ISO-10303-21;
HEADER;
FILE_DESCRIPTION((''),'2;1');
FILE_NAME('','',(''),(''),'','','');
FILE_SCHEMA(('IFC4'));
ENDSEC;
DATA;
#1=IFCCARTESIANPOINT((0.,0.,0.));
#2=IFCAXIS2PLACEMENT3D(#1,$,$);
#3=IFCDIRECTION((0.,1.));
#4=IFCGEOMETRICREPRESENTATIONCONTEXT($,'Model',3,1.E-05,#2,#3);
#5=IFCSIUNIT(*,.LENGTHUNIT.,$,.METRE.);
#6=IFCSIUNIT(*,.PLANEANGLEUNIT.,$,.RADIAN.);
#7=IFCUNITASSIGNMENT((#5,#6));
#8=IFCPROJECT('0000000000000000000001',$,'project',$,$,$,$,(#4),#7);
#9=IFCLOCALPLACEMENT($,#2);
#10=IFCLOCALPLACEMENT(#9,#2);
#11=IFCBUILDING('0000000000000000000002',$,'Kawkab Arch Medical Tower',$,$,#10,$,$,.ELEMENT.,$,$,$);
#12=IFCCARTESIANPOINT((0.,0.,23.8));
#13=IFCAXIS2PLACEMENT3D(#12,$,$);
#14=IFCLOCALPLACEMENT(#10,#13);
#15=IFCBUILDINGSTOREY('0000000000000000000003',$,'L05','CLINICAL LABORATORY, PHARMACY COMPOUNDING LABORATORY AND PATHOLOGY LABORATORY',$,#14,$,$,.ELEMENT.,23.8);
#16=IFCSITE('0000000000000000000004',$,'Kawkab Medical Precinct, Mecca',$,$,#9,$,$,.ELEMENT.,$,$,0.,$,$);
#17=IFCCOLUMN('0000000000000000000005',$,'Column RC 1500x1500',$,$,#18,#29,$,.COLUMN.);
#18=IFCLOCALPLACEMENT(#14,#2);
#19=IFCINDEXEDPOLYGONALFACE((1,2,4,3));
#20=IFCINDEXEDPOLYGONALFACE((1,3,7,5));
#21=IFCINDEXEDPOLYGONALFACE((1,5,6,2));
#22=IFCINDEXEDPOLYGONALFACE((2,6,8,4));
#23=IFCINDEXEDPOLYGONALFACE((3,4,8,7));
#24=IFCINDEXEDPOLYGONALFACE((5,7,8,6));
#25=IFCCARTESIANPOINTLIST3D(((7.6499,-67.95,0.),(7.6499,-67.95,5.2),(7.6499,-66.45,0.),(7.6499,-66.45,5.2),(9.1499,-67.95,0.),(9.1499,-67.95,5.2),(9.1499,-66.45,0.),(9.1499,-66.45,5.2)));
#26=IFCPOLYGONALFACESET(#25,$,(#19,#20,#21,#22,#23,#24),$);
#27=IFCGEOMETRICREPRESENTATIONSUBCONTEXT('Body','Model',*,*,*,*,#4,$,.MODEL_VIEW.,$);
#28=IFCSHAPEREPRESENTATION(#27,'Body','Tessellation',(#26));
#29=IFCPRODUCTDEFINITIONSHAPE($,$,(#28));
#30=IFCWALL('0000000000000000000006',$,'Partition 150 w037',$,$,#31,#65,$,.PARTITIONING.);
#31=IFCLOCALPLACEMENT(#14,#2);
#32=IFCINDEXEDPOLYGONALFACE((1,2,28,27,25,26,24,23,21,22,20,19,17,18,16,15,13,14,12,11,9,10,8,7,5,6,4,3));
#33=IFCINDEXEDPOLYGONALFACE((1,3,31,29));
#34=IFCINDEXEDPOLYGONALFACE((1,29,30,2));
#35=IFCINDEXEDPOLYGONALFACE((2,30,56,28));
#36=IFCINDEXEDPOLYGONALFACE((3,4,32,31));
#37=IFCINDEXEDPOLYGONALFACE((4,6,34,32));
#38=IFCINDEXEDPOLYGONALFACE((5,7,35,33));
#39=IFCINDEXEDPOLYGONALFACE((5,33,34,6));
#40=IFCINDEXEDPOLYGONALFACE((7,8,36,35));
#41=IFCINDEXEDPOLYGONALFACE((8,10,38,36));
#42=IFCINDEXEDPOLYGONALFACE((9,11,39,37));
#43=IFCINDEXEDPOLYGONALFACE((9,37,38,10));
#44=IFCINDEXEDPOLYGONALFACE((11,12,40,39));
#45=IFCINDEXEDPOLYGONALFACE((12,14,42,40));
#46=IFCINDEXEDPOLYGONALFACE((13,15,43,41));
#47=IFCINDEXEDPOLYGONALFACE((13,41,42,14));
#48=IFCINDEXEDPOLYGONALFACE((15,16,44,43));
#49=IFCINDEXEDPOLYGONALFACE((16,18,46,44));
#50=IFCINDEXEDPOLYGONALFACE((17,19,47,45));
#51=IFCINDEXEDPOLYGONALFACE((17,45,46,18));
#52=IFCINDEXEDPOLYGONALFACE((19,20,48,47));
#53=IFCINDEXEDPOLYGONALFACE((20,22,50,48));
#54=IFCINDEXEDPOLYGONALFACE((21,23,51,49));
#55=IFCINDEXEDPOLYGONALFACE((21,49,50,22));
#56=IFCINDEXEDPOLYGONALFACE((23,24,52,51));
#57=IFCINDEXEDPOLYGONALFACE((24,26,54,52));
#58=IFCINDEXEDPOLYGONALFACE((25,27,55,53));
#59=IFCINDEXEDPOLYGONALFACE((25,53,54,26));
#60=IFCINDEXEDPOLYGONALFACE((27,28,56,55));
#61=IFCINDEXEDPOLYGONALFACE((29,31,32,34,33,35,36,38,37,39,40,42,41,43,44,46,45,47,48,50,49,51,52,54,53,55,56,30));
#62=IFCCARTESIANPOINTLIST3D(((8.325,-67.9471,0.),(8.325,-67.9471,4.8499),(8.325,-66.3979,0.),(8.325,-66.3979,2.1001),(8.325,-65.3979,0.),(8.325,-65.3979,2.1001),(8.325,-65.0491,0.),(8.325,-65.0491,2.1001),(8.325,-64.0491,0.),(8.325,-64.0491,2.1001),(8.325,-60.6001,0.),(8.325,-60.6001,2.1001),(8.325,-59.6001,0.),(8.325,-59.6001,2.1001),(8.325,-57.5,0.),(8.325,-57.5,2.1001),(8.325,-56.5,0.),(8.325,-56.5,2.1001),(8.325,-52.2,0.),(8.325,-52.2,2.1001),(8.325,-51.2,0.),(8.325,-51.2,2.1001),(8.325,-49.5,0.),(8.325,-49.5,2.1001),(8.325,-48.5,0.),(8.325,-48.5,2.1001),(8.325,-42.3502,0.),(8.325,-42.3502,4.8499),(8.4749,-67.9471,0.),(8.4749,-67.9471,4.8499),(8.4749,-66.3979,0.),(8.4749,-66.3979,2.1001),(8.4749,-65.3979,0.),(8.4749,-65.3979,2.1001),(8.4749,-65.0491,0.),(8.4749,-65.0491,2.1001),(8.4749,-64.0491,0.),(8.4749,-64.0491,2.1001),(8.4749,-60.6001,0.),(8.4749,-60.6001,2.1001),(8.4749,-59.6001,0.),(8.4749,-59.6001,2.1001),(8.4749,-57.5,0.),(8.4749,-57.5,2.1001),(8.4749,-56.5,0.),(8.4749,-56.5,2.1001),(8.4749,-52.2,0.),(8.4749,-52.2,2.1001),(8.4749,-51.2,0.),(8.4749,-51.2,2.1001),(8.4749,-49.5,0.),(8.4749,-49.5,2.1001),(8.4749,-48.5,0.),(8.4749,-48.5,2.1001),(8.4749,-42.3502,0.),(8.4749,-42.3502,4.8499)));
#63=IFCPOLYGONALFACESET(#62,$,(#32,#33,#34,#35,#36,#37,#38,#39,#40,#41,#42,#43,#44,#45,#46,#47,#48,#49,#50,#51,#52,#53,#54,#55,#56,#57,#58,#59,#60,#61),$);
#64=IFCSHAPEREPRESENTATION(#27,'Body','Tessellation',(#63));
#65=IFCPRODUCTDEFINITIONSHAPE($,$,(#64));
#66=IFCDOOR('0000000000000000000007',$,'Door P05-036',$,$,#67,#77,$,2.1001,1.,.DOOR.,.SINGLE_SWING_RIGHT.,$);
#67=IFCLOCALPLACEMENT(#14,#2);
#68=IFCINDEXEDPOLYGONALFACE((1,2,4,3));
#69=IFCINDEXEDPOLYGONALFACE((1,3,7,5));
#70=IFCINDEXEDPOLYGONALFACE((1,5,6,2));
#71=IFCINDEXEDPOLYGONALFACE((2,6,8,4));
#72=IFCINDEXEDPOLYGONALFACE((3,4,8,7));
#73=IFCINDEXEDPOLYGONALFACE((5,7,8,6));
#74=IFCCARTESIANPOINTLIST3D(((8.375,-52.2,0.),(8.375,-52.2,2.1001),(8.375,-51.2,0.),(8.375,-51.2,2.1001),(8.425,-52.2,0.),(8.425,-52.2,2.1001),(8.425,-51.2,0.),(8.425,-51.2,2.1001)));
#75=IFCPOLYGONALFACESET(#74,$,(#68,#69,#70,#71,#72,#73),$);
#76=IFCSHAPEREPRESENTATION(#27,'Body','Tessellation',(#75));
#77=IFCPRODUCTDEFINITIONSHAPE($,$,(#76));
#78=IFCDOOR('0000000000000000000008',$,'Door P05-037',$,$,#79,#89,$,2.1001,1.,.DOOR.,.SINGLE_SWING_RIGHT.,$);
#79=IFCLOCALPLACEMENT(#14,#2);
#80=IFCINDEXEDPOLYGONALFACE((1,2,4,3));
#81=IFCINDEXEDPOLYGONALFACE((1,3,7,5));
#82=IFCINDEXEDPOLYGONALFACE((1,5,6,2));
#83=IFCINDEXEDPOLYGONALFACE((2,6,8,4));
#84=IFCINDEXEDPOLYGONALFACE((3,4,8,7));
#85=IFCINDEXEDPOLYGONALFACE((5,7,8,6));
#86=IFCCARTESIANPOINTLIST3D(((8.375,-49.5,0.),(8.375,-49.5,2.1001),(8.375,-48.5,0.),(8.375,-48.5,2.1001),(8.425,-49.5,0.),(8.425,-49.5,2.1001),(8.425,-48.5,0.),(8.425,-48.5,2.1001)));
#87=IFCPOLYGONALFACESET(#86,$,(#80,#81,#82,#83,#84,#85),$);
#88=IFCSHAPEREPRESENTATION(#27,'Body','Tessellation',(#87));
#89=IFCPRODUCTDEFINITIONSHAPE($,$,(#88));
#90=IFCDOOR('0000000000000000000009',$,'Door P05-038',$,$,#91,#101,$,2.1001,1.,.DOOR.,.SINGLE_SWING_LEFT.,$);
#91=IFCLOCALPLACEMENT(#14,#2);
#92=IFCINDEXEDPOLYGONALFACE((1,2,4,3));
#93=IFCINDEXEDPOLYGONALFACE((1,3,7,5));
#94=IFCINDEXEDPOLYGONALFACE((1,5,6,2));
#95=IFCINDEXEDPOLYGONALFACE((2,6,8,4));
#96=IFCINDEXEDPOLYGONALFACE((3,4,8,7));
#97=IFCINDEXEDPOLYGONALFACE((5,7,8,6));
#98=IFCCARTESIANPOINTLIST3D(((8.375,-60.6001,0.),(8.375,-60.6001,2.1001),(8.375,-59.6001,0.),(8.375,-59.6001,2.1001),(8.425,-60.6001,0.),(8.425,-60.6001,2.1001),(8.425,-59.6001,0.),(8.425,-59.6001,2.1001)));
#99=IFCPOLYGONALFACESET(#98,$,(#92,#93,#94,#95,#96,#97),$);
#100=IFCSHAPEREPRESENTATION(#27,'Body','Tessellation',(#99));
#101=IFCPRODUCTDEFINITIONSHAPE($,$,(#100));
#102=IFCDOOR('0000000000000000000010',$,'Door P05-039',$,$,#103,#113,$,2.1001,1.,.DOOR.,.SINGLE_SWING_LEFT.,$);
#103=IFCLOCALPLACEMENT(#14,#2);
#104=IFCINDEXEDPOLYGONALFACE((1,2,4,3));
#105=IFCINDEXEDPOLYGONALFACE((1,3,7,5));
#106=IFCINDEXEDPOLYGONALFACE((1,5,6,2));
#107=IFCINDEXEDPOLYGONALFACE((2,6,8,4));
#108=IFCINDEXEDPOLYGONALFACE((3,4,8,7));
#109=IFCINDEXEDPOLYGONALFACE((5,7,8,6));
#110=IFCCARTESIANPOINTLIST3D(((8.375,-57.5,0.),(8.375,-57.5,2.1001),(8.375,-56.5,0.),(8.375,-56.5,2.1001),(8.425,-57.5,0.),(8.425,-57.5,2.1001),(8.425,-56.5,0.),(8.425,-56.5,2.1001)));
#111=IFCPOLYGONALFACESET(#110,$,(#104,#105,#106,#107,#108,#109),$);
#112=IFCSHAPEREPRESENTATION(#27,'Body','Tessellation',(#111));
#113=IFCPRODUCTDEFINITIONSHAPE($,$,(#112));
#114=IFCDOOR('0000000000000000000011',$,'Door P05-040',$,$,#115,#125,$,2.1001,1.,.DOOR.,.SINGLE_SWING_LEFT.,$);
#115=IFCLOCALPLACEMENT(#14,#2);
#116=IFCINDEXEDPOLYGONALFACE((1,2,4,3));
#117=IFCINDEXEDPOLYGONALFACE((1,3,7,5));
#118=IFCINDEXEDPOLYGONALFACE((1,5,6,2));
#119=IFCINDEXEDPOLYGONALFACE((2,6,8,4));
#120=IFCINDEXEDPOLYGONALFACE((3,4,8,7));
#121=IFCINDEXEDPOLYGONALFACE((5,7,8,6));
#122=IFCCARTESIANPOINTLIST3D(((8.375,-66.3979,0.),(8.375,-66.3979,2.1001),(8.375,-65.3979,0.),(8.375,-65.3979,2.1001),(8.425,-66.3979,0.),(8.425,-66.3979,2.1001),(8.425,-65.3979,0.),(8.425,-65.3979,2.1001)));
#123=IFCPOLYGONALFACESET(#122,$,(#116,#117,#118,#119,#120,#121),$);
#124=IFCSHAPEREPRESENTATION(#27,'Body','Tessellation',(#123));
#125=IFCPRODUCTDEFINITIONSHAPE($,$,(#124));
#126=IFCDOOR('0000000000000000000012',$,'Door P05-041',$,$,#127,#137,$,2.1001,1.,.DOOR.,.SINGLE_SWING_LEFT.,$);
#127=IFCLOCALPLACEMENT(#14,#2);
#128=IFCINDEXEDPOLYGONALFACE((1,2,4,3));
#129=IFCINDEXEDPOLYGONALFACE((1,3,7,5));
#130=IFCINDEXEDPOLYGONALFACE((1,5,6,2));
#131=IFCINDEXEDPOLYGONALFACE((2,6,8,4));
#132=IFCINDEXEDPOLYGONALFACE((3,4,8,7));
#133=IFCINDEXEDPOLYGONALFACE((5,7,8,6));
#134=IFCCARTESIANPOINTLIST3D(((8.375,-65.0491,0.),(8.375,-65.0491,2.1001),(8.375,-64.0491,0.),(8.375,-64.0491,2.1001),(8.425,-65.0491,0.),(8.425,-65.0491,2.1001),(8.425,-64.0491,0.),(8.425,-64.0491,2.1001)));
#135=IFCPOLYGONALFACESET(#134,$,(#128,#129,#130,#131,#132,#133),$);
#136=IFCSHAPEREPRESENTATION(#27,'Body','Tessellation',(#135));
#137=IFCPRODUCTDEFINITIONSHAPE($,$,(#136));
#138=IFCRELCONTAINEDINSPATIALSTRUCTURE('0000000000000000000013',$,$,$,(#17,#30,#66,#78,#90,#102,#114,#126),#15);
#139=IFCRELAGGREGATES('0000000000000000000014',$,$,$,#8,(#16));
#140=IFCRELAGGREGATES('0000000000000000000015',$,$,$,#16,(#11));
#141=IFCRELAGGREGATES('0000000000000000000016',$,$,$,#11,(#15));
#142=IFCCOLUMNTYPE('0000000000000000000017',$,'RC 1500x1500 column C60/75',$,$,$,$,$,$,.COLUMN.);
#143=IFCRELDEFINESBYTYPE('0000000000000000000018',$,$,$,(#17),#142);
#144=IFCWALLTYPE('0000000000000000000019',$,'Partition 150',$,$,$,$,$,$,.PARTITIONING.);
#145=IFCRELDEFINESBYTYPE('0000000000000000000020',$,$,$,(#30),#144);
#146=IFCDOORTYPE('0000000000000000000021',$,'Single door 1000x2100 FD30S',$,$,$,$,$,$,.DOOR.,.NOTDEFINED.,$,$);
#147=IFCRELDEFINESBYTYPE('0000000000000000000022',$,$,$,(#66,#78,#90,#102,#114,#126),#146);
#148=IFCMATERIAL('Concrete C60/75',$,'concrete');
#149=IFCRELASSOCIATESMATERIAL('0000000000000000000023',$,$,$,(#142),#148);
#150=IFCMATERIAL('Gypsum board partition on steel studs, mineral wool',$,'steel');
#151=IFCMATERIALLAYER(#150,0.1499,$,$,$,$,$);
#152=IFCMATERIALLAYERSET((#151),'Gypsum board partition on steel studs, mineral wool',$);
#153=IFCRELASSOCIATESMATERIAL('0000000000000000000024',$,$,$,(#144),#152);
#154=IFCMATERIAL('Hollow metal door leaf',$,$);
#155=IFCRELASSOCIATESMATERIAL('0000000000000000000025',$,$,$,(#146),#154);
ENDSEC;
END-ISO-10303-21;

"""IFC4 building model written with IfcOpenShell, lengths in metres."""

from ifc_helpers import new_model, si_unit, direction, frame, frame_2d, origin, origin_2d, place, context, subcontext, project, spatial, rectangle, extrude, material, layer, layer_set, material_profile, profile_set, type_object, element, fill, save


model = new_model("IFC4")

# Units and contexts
model_context = context("Model", 3, precision=1e-05, world=origin(), true_north=direction((0.0, 1.0)))
body_context = subcontext(model_context, "Body", "Model", "MODEL_VIEW")
ifc_project = project(units=[si_unit("LENGTHUNIT", "METRE"), si_unit("PLANEANGLEUNIT", "RADIAN")], contexts=[model_context])

# Site, building, storey
site_placement = place(None, origin())
site = spatial("IfcSite", under=ifc_project, at=site_placement, Name="Kawkab Medical Precinct, Mecca", CompositionType="ELEMENT", RefElevation=0.0)
building_placement = place(site_placement, origin())
building = spatial("IfcBuilding", under=site, at=building_placement, Name="Kawkab Arch Medical Tower", CompositionType="ELEMENT")
storey_placement = place(building_placement, frame((0.0, 0.0, 23.8)))
storey = spatial("IfcBuildingStorey", under=building, at=storey_placement, Name="L05", Description="CLINICAL LABORATORY, PHARMACY COMPOUNDING LABORATORY AND PATHOLOGY LABORATORY", CompositionType="ELEMENT", Elevation=23.8)

# Column
ifc_material_1 = material(Name="Concrete C60/75", Category="concrete")
ifc_material_profile = material_profile(ifc_material_1, rectangle(XDim=1.5, YDim=1.5, at=origin_2d()), Name="RC 1500x1500")
ifc_profile_set = profile_set([ifc_material_profile], Name="Concrete C60/75")
column_type = type_object("IfcColumnType", Name="RC 1500x1500 column C60/75", PredefinedType="COLUMN", material=ifc_profile_set)
column_placement = place(storey_placement, frame((8.3999, -67.2, 0.0), z_axis=(0.0, 0.0, 1.0), x_axis=(1.0, 0.0, 0.0)))
element("IfcColumn", 1, at=column_placement, inside=storey, type_object=column_type, Name="Column RC 1500x1500", PredefinedType="COLUMN", context=body_context, shape_type="SweptSolid", body=[
    extrude(rectangle(XDim=1.5, YDim=1.5, at=origin_2d()), origin(), (0.0, 0.0, 1.0), 5.2),
])

# Wall, openings, doors
ifc_material_2 = material(Name="Gypsum board partition on steel studs, mineral wool", Category="steel")
ifc_layer_1 = layer(ifc_material_2, 0.1499)
ifc_layer_set_1 = layer_set([ifc_layer_1], Name="Gypsum board partition on steel studs, mineral wool")
wall_type_1 = type_object("IfcWallType", Name="Partition 150", PredefinedType="PARTITIONING", material=ifc_layer_set_1)
wall_1_placement = place(storey_placement, frame((8.3999, -67.947, 0.0), z_axis=(0.0, 0.0, 1.0), x_axis=(0.0, 1.0, 0.0)))
wall_1 = element("IfcWall", 2, at=wall_1_placement, inside=storey, type_object=wall_type_1, Name="Partition 150 w037", PredefinedType="PARTITIONING", context=body_context, shape_type="SweptSolid", body=[
    extrude(rectangle(XDim=25.5969, YDim=0.1499, at=frame_2d((12.7983, 0.0))), origin(), (0.0, 0.0, 1.0), 4.8499),
])
opening_1_placement = place(wall_1_placement, frame((15.7471, 0.0, 0.0)))
opening_1 = element("IfcOpeningElement", 3, at=opening_1_placement, cuts=wall_1, PredefinedType="OPENING", context=body_context, shape_type="SweptSolid", body=[
    extrude(rectangle(XDim=1.0, YDim=2.1001, at=frame_2d((0.5, 1.05))), frame((0.0, 0.085, 0.0), z_axis=(0.0, -1.0, 0.0), x_axis=(1.0, 0.0, 0.0)), (0.0, 0.0, 1.0), 0.1699),
])
opening_2_placement = place(wall_1_placement, frame((18.447, 0.0, 0.0)))
opening_2 = element("IfcOpeningElement", 4, at=opening_2_placement, cuts=wall_1, PredefinedType="OPENING", context=body_context, shape_type="SweptSolid", body=[
    extrude(rectangle(XDim=1.0, YDim=2.1001, at=frame_2d((0.5, 1.05))), frame((0.0, 0.085, 0.0), z_axis=(0.0, -1.0, 0.0), x_axis=(1.0, 0.0, 0.0)), (0.0, 0.0, 1.0), 0.1699),
])
opening_3_placement = place(wall_1_placement, frame((7.3469, 0.0, 0.0)))
opening_3 = element("IfcOpeningElement", 5, at=opening_3_placement, cuts=wall_1, PredefinedType="OPENING", context=body_context, shape_type="SweptSolid", body=[
    extrude(rectangle(XDim=1.0, YDim=2.1001, at=frame_2d((0.5, 1.05))), frame((0.0, 0.085, 0.0), z_axis=(0.0, -1.0, 0.0), x_axis=(1.0, 0.0, 0.0)), (0.0, 0.0, 1.0), 0.1699),
])
opening_4_placement = place(wall_1_placement, frame((10.447, 0.0, 0.0)))
opening_4 = element("IfcOpeningElement", 6, at=opening_4_placement, cuts=wall_1, PredefinedType="OPENING", context=body_context, shape_type="SweptSolid", body=[
    extrude(rectangle(XDim=1.0, YDim=2.1001, at=frame_2d((0.5, 1.05))), frame((0.0, 0.085, 0.0), z_axis=(0.0, -1.0, 0.0), x_axis=(1.0, 0.0, 0.0)), (0.0, 0.0, 1.0), 0.1699),
])
opening_5_placement = place(wall_1_placement, frame((1.5491, 0.0, 0.0)))
opening_5 = element("IfcOpeningElement", 7, at=opening_5_placement, cuts=wall_1, PredefinedType="OPENING", context=body_context, shape_type="SweptSolid", body=[
    extrude(rectangle(XDim=1.0, YDim=2.1001, at=frame_2d((0.5, 1.05))), frame((0.0, 0.085, 0.0), z_axis=(0.0, -1.0, 0.0), x_axis=(1.0, 0.0, 0.0)), (0.0, 0.0, 1.0), 0.1699),
])
opening_6_placement = place(wall_1_placement, frame((2.8979, 0.0, 0.0)))
opening_6 = element("IfcOpeningElement", 8, at=opening_6_placement, cuts=wall_1, PredefinedType="OPENING", context=body_context, shape_type="SweptSolid", body=[
    extrude(rectangle(XDim=1.0, YDim=2.1001, at=frame_2d((0.5, 1.05))), frame((0.0, 0.085, 0.0), z_axis=(0.0, -1.0, 0.0), x_axis=(1.0, 0.0, 0.0)), (0.0, 0.0, 1.0), 0.1699),
])
ifc_material_3 = material(Name="Hollow metal door leaf")
door_type_1 = type_object("IfcDoorType", Name="Single door 1000x2100 FD30S", OperationType="NOTDEFINED", PredefinedType="DOOR", material=ifc_material_3)
door_1_placement = place(opening_1_placement, origin())
door_1 = element("IfcDoor", 9, at=door_1_placement, inside=storey, type_object=door_type_1, Name="Door P05-036", OperationType="SINGLE_SWING_RIGHT", OverallHeight=2.1001, OverallWidth=1.0, PredefinedType="DOOR", context=body_context, shape_type="SweptSolid", body=[
    extrude(rectangle(XDim=1.0, YDim=2.1001, at=frame_2d((0.5, 1.05))), frame((0.0, 0.0249, 0.0), z_axis=(0.0, -1.0, 0.0), x_axis=(1.0, 0.0, 0.0)), (0.0, 0.0, 1.0), 0.05),
])
fill(opening_1, door_1)
door_2_placement = place(opening_2_placement, origin())
door_2 = element("IfcDoor", 10, at=door_2_placement, inside=storey, type_object=door_type_1, Name="Door P05-037", OperationType="SINGLE_SWING_RIGHT", OverallHeight=2.1001, OverallWidth=1.0, PredefinedType="DOOR", context=body_context, shape_type="SweptSolid", body=[
    extrude(rectangle(XDim=1.0, YDim=2.1001, at=frame_2d((0.5, 1.05))), frame((0.0, 0.0249, 0.0), z_axis=(0.0, -1.0, 0.0), x_axis=(1.0, 0.0, 0.0)), (0.0, 0.0, 1.0), 0.05),
])
fill(opening_2, door_2)
door_3_placement = place(opening_3_placement, origin())
door_3 = element("IfcDoor", 11, at=door_3_placement, inside=storey, type_object=door_type_1, Name="Door P05-038", OperationType="SINGLE_SWING_LEFT", OverallHeight=2.1001, OverallWidth=1.0, PredefinedType="DOOR", context=body_context, shape_type="SweptSolid", body=[
    extrude(rectangle(XDim=1.0, YDim=2.1001, at=frame_2d((0.5, 1.05))), frame((0.0, 0.0249, 0.0), z_axis=(0.0, -1.0, 0.0), x_axis=(1.0, 0.0, 0.0)), (0.0, 0.0, 1.0), 0.05),
])
fill(opening_3, door_3)
door_4_placement = place(opening_4_placement, origin())
door_4 = element("IfcDoor", 12, at=door_4_placement, inside=storey, type_object=door_type_1, Name="Door P05-039", OperationType="SINGLE_SWING_LEFT", OverallHeight=2.1001, OverallWidth=1.0, PredefinedType="DOOR", context=body_context, shape_type="SweptSolid", body=[
    extrude(rectangle(XDim=1.0, YDim=2.1001, at=frame_2d((0.5, 1.05))), frame((0.0, 0.0249, 0.0), z_axis=(0.0, -1.0, 0.0), x_axis=(1.0, 0.0, 0.0)), (0.0, 0.0, 1.0), 0.05),
])
fill(opening_4, door_4)
door_5_placement = place(opening_5_placement, origin())
door_5 = element("IfcDoor", 13, at=door_5_placement, inside=storey, type_object=door_type_1, Name="Door P05-040", OperationType="SINGLE_SWING_LEFT", OverallHeight=2.1001, OverallWidth=1.0, PredefinedType="DOOR", context=body_context, shape_type="SweptSolid", body=[
    extrude(rectangle(XDim=1.0, YDim=2.1001, at=frame_2d((0.5, 1.05))), frame((0.0, 0.0249, 0.0), z_axis=(0.0, -1.0, 0.0), x_axis=(1.0, 0.0, 0.0)), (0.0, 0.0, 1.0), 0.05),
])
fill(opening_5, door_5)
door_6_placement = place(opening_6_placement, origin())
door_6 = element("IfcDoor", 14, at=door_6_placement, inside=storey, type_object=door_type_1, Name="Door P05-041", OperationType="SINGLE_SWING_LEFT", OverallHeight=2.1001, OverallWidth=1.0, PredefinedType="DOOR", context=body_context, shape_type="SweptSolid", body=[
    extrude(rectangle(XDim=1.0, YDim=2.1001, at=frame_2d((0.5, 1.05))), frame((0.0, 0.0249, 0.0), z_axis=(0.0, -1.0, 0.0), x_axis=(1.0, 0.0, 0.0)), (0.0, 0.0, 1.0), 0.05),
])
fill(opening_6, door_6)

save(model, "model.ifc")
